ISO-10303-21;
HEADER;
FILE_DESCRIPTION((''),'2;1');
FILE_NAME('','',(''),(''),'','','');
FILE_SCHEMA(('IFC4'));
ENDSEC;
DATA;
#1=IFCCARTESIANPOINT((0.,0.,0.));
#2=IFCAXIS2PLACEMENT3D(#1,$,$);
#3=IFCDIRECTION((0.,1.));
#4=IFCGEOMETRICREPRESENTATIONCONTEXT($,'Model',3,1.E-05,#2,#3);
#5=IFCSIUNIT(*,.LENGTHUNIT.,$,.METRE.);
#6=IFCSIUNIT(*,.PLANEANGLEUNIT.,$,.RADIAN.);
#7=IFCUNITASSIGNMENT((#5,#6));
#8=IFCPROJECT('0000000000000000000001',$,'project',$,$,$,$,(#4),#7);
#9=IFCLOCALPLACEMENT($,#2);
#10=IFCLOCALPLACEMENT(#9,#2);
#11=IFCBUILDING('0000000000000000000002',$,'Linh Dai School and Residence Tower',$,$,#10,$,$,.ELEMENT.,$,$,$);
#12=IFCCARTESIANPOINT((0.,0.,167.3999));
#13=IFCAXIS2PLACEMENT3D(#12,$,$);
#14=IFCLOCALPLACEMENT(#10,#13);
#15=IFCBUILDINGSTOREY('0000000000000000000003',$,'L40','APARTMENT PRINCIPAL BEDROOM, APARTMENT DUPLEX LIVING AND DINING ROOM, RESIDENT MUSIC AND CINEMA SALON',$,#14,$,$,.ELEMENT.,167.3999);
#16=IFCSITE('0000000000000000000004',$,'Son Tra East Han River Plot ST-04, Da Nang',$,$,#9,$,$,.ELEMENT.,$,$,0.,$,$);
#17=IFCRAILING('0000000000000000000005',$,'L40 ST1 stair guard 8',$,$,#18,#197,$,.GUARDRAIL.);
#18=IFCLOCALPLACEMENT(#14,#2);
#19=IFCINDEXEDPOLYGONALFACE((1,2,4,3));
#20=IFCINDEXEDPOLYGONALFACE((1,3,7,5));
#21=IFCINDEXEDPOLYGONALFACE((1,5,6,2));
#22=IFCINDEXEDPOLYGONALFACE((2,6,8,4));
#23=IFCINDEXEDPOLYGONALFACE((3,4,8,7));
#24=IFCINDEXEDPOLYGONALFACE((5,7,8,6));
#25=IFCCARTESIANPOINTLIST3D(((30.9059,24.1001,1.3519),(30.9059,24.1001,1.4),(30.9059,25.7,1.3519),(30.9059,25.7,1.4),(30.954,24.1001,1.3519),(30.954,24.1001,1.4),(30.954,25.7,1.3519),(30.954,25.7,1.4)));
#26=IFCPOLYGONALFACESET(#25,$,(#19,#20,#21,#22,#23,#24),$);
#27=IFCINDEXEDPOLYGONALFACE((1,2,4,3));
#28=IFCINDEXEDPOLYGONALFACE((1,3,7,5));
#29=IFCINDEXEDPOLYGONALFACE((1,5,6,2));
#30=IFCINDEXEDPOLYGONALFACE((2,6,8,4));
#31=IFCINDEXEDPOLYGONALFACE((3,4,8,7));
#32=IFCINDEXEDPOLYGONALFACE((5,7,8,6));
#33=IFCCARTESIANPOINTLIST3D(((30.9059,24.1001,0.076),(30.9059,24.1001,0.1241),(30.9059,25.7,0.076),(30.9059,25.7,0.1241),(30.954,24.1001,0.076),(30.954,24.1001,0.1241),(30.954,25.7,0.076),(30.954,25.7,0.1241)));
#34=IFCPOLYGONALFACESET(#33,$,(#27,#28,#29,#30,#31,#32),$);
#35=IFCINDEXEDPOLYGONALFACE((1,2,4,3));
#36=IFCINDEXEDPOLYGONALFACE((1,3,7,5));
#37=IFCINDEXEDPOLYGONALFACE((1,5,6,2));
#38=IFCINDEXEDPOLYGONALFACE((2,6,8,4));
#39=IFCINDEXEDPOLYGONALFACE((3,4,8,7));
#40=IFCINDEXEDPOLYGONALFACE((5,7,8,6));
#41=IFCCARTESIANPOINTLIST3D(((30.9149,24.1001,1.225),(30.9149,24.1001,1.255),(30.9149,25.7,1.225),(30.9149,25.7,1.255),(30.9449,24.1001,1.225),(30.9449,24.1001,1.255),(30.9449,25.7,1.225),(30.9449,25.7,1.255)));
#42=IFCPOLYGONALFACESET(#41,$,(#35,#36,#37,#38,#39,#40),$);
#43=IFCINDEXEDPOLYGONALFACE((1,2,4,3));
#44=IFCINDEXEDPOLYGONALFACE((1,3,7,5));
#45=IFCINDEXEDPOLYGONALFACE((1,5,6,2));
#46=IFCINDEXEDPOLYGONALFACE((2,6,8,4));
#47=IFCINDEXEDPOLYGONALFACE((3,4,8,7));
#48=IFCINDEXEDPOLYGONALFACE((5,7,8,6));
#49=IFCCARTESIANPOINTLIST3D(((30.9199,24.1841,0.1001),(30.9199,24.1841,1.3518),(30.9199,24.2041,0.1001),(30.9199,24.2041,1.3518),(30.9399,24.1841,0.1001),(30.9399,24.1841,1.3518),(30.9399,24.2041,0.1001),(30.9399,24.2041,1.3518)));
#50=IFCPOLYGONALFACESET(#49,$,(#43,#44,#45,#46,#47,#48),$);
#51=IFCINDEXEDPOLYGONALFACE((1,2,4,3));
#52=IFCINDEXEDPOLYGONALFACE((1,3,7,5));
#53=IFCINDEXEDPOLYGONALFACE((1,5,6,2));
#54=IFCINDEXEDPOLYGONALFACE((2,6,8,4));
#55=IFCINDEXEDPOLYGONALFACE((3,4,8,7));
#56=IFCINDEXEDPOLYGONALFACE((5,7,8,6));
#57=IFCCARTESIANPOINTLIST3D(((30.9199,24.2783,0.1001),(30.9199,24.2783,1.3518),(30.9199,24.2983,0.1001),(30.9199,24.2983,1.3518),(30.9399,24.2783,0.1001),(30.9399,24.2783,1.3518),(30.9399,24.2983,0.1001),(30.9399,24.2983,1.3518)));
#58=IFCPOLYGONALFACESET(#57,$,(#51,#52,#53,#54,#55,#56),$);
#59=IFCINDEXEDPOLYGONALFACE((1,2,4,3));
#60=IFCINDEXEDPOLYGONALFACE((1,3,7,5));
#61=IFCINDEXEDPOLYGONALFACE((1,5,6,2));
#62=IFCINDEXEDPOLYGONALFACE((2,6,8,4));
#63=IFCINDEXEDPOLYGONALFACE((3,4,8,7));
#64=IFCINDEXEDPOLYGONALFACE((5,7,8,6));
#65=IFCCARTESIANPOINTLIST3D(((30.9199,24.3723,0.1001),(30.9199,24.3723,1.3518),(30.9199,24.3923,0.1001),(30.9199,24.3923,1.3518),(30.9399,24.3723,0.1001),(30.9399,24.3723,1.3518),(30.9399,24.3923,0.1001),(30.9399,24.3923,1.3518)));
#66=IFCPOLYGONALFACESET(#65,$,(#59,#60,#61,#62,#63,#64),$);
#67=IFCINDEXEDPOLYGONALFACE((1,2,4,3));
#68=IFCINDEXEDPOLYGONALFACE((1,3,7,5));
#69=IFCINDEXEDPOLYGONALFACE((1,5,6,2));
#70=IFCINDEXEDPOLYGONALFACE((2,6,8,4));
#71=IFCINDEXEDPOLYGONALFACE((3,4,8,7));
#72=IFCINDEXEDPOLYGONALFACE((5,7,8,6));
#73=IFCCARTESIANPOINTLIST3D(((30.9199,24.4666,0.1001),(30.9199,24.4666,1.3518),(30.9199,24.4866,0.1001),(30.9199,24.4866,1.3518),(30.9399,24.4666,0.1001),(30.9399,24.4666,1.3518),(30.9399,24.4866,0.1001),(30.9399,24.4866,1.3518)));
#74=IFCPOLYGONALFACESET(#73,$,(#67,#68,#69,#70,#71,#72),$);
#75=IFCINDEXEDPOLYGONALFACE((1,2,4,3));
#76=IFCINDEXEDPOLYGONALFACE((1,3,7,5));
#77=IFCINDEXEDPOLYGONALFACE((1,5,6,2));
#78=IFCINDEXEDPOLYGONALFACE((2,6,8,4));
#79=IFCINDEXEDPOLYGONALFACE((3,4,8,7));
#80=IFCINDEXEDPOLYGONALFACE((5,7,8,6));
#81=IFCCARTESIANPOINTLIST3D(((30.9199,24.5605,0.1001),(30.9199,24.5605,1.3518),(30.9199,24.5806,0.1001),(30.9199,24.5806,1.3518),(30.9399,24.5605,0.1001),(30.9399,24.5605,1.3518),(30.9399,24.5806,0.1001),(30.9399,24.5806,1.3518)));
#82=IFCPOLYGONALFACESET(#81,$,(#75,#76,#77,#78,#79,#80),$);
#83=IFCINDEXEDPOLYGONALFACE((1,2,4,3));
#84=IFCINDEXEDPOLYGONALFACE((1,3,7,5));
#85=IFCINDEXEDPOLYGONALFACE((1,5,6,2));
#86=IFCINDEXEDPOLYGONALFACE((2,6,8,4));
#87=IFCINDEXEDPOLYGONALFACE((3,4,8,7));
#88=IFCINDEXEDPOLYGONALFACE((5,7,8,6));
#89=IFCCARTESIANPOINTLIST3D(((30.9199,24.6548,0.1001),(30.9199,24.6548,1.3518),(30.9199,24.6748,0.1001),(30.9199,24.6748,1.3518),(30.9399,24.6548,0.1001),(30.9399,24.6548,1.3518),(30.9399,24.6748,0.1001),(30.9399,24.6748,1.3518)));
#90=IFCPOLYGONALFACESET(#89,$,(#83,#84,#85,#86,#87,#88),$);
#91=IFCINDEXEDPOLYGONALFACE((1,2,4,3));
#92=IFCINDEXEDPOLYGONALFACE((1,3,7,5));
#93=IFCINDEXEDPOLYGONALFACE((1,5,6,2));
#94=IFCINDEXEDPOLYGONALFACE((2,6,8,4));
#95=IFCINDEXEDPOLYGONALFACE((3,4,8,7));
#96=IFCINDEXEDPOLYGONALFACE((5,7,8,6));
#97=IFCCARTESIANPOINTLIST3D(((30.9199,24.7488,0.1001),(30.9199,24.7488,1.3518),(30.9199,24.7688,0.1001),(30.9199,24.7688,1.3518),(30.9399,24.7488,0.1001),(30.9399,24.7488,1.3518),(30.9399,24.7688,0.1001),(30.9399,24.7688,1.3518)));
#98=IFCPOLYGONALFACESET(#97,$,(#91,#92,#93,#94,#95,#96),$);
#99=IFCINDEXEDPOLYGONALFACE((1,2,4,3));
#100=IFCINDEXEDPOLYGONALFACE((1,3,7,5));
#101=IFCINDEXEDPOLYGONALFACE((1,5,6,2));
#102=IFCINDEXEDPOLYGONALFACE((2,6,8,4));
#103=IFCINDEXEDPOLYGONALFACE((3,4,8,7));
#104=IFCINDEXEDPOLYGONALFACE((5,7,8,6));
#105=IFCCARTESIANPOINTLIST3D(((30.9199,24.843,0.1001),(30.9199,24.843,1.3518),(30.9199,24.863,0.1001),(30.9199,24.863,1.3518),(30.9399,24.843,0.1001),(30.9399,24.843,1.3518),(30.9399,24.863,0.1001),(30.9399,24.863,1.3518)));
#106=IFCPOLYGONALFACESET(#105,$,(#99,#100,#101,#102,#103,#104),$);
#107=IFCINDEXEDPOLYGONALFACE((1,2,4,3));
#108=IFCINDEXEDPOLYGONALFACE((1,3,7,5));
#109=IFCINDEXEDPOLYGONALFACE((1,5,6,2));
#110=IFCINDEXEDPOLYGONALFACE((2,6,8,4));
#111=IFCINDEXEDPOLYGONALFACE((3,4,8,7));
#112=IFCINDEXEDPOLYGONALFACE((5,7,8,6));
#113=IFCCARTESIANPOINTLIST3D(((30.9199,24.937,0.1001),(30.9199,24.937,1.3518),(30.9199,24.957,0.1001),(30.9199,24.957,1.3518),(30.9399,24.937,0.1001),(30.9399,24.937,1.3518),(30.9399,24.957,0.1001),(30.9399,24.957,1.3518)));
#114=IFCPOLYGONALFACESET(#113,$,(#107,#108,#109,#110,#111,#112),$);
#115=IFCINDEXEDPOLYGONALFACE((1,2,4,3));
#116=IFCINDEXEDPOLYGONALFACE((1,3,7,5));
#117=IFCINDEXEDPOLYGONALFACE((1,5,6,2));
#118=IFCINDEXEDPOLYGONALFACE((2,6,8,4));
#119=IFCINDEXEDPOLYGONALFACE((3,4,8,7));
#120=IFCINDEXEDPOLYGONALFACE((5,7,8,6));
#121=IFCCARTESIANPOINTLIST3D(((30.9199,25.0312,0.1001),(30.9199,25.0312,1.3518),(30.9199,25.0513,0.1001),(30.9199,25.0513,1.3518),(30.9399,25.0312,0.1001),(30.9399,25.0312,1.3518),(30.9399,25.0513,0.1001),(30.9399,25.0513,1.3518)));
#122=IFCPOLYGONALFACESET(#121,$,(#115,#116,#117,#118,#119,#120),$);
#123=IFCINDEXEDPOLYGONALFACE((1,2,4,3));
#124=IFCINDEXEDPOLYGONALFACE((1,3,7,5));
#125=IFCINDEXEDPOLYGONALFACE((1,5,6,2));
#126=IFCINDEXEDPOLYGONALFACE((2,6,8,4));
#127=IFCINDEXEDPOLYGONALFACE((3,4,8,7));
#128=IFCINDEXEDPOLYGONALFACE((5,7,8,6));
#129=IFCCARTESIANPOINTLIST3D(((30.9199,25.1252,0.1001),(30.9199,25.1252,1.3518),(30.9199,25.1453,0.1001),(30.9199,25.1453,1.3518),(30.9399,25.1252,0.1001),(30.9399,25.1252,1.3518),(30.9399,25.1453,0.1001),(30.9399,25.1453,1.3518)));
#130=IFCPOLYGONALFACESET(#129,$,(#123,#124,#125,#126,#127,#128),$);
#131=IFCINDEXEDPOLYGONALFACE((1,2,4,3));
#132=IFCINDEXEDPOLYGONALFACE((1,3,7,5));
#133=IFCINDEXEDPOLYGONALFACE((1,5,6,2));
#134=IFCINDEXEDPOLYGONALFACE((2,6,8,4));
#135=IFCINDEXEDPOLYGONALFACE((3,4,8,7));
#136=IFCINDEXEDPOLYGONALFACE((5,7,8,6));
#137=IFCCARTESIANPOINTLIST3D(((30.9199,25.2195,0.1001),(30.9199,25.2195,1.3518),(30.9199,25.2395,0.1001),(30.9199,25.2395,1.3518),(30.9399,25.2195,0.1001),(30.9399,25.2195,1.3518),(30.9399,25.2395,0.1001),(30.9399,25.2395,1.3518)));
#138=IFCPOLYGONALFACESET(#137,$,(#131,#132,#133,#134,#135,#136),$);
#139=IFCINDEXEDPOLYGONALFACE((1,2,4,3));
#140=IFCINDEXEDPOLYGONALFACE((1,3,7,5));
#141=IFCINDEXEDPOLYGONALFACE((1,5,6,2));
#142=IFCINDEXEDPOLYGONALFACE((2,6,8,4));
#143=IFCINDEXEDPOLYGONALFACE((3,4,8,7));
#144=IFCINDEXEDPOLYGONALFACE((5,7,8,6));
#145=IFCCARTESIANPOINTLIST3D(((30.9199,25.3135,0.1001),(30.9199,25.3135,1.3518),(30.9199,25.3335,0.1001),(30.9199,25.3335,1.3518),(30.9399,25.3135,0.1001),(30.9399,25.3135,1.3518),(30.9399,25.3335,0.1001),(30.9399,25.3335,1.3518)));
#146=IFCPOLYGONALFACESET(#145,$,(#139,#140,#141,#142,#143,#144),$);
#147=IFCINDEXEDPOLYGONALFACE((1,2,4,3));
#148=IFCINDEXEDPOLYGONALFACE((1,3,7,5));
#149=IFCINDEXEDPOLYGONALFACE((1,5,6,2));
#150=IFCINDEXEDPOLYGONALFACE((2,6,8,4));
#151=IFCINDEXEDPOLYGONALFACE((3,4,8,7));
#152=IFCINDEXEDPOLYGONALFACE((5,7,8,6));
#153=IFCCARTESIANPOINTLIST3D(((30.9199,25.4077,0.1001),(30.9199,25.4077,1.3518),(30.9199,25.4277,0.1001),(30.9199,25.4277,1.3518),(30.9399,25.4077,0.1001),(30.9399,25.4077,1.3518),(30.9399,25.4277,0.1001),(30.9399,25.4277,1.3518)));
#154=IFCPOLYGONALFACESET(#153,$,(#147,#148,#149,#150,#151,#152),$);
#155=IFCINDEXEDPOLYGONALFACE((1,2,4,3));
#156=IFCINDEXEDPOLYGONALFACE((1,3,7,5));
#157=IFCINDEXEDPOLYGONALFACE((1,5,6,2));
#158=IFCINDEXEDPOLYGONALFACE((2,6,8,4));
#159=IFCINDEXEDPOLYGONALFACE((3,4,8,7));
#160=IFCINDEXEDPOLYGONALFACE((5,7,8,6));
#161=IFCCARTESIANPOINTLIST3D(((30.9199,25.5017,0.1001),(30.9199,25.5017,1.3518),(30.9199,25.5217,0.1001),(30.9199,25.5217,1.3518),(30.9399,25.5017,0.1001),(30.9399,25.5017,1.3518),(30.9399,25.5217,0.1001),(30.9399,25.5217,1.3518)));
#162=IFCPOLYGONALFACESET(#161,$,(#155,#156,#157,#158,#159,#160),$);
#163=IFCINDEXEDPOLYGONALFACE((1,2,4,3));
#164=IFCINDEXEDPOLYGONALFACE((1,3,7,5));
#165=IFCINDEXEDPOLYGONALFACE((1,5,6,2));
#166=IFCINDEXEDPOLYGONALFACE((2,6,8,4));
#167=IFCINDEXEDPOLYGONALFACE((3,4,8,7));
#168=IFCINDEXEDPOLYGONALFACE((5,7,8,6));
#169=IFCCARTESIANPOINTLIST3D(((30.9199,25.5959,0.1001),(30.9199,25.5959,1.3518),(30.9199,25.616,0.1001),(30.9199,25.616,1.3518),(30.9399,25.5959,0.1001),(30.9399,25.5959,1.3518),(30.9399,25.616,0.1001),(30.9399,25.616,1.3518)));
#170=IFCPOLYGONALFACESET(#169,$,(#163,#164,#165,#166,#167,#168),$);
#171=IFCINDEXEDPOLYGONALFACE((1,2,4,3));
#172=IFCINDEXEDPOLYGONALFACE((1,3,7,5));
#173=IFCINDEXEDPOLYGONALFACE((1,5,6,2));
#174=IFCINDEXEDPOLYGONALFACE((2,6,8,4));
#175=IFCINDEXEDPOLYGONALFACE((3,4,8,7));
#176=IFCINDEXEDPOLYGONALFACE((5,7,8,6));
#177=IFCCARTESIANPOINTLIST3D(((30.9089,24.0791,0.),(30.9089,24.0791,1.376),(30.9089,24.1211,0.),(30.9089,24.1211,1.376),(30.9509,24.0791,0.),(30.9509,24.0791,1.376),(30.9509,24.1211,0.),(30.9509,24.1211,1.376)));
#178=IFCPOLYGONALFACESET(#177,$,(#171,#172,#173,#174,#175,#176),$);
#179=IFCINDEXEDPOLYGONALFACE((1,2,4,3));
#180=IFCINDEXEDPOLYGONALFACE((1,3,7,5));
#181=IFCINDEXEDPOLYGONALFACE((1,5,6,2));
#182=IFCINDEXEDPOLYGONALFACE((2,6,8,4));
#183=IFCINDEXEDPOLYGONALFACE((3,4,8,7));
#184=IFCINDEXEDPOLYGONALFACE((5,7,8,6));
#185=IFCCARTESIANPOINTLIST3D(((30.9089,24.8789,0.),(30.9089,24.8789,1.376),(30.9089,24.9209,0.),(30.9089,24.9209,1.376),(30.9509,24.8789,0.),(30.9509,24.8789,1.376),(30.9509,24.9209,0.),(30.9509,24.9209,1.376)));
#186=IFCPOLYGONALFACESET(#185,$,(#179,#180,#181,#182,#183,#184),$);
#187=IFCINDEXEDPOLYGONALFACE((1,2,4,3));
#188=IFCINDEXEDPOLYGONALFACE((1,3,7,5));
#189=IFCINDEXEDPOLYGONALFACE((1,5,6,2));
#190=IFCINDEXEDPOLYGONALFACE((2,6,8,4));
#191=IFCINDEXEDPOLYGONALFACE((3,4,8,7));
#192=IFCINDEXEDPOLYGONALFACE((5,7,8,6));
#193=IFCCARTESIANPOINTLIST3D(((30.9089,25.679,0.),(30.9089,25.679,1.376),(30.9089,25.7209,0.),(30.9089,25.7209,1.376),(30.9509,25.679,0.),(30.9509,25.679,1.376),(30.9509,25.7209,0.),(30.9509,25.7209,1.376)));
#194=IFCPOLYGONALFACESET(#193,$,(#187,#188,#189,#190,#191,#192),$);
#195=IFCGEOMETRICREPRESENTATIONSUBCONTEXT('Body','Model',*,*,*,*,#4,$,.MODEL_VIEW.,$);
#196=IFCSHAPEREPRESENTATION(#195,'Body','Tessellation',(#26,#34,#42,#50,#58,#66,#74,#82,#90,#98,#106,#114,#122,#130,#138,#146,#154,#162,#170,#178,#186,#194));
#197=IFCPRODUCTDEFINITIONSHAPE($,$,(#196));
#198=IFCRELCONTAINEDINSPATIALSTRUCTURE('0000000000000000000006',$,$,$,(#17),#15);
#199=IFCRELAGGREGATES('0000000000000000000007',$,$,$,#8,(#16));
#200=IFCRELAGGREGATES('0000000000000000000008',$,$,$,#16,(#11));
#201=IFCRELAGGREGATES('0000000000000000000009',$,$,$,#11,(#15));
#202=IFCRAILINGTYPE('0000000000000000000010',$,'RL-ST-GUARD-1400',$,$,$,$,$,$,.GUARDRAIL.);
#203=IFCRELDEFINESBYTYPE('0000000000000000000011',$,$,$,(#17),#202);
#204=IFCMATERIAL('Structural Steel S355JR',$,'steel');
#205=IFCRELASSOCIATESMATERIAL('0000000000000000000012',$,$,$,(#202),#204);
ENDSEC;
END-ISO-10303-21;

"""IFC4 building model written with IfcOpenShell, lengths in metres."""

from ifc_helpers import new_model, si_unit, direction, frame, origin, origin_2d, place, context, subcontext, project, spatial, rectangle, extrude, source, transform, mapped, material, type_object, element, save


model = new_model("IFC4")

# Units and contexts
model_context = context("Model", 3, precision=1e-05, world=origin(), true_north=direction((0.0, 1.0)))
body_context = subcontext(model_context, "Body", "Model", "MODEL_VIEW")
ifc_project = project(units=[si_unit("LENGTHUNIT", "METRE"), si_unit("PLANEANGLEUNIT", "RADIAN")], contexts=[model_context])

# Site, building, storey
site_placement = place(None, origin())
site = spatial("IfcSite", under=ifc_project, at=site_placement, Name="Son Tra East Han River Plot ST-04, Da Nang", CompositionType="ELEMENT", RefElevation=0.0)
building_placement = place(site_placement, origin())
building = spatial("IfcBuilding", under=site, at=building_placement, Name="Linh Dai School and Residence Tower", CompositionType="ELEMENT")
storey_placement = place(building_placement, frame((0.0, 0.0, 167.3999)))
storey = spatial("IfcBuildingStorey", under=building, at=storey_placement, Name="L40", Description="APARTMENT PRINCIPAL BEDROOM, APARTMENT DUPLEX LIVING AND DINING ROOM, RESIDENT MUSIC AND CINEMA SALON", CompositionType="ELEMENT", Elevation=167.3999)

# Shared definitions
ifc_material_1 = material(Name="Structural Steel S355JR", Category="steel")

# Railing
railing_type = type_object("IfcRailingType", Name="RL-ST-GUARD-1400", PredefinedType="GUARDRAIL", material=ifc_material_1)
shared_shape_1 = source(origin(), body_context, "Body", "SweptSolid", [
    extrude(rectangle(XDim=0.0481, YDim=0.0481, at=origin_2d()), frame((0.0, 0.0, 1.376), z_axis=(0.0, 1.0, 0.0), x_axis=(-1.0, 0.0, 0.0)), (0.0, 0.0, 1.0), 1.5999),
    extrude(rectangle(XDim=0.0481, YDim=0.0481, at=origin_2d()), frame((0.0, 0.0, 0.1001), z_axis=(0.0, 1.0, 0.0), x_axis=(-1.0, 0.0, 0.0)), (0.0, 0.0, 1.0), 1.5999),
    extrude(rectangle(XDim=0.03, YDim=0.03, at=origin_2d()), frame((0.0, 0.0, 1.24), z_axis=(0.0, 1.0, 0.0), x_axis=(-1.0, 0.0, 0.0)), (0.0, 0.0, 1.0), 1.5999),
    extrude(rectangle(XDim=0.02, YDim=0.02, at=origin_2d()), frame((0.0, 0.094, 0.1001)), (0.0, 0.0, 1.0), 1.2517),
    extrude(rectangle(XDim=0.02, YDim=0.02, at=origin_2d()), frame((0.0, 0.1882, 0.1001)), (0.0, 0.0, 1.0), 1.2517),
    extrude(rectangle(XDim=0.02, YDim=0.02, at=origin_2d()), frame((0.0, 0.2822, 0.1001)), (0.0, 0.0, 1.0), 1.2517),
    extrude(rectangle(XDim=0.02, YDim=0.02, at=origin_2d()), frame((0.0, 0.3765, 0.1001)), (0.0, 0.0, 1.0), 1.2517),
    extrude(rectangle(XDim=0.02, YDim=0.02, at=origin_2d()), frame((0.0, 0.4705, 0.1001)), (0.0, 0.0, 1.0), 1.2517),
    extrude(rectangle(XDim=0.02, YDim=0.02, at=origin_2d()), frame((0.0, 0.5647, 0.1001)), (0.0, 0.0, 1.0), 1.2517),
    extrude(rectangle(XDim=0.02, YDim=0.02, at=origin_2d()), frame((0.0, 0.6587, 0.1001)), (0.0, 0.0, 1.0), 1.2517),
    extrude(rectangle(XDim=0.02, YDim=0.02, at=origin_2d()), frame((0.0, 0.7529, 0.1001)), (0.0, 0.0, 1.0), 1.2517),
    extrude(rectangle(XDim=0.02, YDim=0.02, at=origin_2d()), frame((0.0, 0.8469, 0.1001)), (0.0, 0.0, 1.0), 1.2517),
    extrude(rectangle(XDim=0.02, YDim=0.02, at=origin_2d()), frame((0.0, 0.9412, 0.1001)), (0.0, 0.0, 1.0), 1.2517),
    extrude(rectangle(XDim=0.02, YDim=0.02, at=origin_2d()), frame((0.0, 1.0352, 0.1001)), (0.0, 0.0, 1.0), 1.2517),
    extrude(rectangle(XDim=0.02, YDim=0.02, at=origin_2d()), frame((0.0, 1.1294, 0.1001)), (0.0, 0.0, 1.0), 1.2517),
    extrude(rectangle(XDim=0.02, YDim=0.02, at=origin_2d()), frame((0.0, 1.2234, 0.1001)), (0.0, 0.0, 1.0), 1.2517),
    extrude(rectangle(XDim=0.02, YDim=0.02, at=origin_2d()), frame((0.0, 1.3176, 0.1001)), (0.0, 0.0, 1.0), 1.2517),
    extrude(rectangle(XDim=0.02, YDim=0.02, at=origin_2d()), frame((0.0, 1.4116, 0.1001)), (0.0, 0.0, 1.0), 1.2517),
    extrude(rectangle(XDim=0.02, YDim=0.02, at=origin_2d()), frame((0.0, 1.5059, 0.1001)), (0.0, 0.0, 1.0), 1.2517),
    extrude(rectangle(XDim=0.042, YDim=0.042, at=origin_2d()), origin(), (0.0, 0.0, 1.0), 1.376),
    extrude(rectangle(XDim=0.042, YDim=0.042, at=origin_2d()), frame((0.0, 0.7998, 0.0)), (0.0, 0.0, 1.0), 1.376),
    extrude(rectangle(XDim=0.042, YDim=0.042, at=origin_2d()), frame((0.0, 1.5999, 0.0)), (0.0, 0.0, 1.0), 1.376),
])
for number, where, name in (
    (1, (30.9299, 24.1001, 0.0), "L40 ST1 stair guard 8"),
):
    element("IfcRailing", number, at=place(storey_placement, frame(where)), inside=storey, type_object=railing_type, Name=name, PredefinedType="GUARDRAIL", context=body_context, shape_type="MappedRepresentation", body=[
        mapped(shared_shape_1, transform((0.0, 0.0, 0.0), x_axis=(1.0, 0.0, 0.0), y_axis=(0.0, 1.0, 0.0), z_axis=(0.0, 0.0, 1.0), scale=1.0)),
    ])

save(model, "model.ifc")
